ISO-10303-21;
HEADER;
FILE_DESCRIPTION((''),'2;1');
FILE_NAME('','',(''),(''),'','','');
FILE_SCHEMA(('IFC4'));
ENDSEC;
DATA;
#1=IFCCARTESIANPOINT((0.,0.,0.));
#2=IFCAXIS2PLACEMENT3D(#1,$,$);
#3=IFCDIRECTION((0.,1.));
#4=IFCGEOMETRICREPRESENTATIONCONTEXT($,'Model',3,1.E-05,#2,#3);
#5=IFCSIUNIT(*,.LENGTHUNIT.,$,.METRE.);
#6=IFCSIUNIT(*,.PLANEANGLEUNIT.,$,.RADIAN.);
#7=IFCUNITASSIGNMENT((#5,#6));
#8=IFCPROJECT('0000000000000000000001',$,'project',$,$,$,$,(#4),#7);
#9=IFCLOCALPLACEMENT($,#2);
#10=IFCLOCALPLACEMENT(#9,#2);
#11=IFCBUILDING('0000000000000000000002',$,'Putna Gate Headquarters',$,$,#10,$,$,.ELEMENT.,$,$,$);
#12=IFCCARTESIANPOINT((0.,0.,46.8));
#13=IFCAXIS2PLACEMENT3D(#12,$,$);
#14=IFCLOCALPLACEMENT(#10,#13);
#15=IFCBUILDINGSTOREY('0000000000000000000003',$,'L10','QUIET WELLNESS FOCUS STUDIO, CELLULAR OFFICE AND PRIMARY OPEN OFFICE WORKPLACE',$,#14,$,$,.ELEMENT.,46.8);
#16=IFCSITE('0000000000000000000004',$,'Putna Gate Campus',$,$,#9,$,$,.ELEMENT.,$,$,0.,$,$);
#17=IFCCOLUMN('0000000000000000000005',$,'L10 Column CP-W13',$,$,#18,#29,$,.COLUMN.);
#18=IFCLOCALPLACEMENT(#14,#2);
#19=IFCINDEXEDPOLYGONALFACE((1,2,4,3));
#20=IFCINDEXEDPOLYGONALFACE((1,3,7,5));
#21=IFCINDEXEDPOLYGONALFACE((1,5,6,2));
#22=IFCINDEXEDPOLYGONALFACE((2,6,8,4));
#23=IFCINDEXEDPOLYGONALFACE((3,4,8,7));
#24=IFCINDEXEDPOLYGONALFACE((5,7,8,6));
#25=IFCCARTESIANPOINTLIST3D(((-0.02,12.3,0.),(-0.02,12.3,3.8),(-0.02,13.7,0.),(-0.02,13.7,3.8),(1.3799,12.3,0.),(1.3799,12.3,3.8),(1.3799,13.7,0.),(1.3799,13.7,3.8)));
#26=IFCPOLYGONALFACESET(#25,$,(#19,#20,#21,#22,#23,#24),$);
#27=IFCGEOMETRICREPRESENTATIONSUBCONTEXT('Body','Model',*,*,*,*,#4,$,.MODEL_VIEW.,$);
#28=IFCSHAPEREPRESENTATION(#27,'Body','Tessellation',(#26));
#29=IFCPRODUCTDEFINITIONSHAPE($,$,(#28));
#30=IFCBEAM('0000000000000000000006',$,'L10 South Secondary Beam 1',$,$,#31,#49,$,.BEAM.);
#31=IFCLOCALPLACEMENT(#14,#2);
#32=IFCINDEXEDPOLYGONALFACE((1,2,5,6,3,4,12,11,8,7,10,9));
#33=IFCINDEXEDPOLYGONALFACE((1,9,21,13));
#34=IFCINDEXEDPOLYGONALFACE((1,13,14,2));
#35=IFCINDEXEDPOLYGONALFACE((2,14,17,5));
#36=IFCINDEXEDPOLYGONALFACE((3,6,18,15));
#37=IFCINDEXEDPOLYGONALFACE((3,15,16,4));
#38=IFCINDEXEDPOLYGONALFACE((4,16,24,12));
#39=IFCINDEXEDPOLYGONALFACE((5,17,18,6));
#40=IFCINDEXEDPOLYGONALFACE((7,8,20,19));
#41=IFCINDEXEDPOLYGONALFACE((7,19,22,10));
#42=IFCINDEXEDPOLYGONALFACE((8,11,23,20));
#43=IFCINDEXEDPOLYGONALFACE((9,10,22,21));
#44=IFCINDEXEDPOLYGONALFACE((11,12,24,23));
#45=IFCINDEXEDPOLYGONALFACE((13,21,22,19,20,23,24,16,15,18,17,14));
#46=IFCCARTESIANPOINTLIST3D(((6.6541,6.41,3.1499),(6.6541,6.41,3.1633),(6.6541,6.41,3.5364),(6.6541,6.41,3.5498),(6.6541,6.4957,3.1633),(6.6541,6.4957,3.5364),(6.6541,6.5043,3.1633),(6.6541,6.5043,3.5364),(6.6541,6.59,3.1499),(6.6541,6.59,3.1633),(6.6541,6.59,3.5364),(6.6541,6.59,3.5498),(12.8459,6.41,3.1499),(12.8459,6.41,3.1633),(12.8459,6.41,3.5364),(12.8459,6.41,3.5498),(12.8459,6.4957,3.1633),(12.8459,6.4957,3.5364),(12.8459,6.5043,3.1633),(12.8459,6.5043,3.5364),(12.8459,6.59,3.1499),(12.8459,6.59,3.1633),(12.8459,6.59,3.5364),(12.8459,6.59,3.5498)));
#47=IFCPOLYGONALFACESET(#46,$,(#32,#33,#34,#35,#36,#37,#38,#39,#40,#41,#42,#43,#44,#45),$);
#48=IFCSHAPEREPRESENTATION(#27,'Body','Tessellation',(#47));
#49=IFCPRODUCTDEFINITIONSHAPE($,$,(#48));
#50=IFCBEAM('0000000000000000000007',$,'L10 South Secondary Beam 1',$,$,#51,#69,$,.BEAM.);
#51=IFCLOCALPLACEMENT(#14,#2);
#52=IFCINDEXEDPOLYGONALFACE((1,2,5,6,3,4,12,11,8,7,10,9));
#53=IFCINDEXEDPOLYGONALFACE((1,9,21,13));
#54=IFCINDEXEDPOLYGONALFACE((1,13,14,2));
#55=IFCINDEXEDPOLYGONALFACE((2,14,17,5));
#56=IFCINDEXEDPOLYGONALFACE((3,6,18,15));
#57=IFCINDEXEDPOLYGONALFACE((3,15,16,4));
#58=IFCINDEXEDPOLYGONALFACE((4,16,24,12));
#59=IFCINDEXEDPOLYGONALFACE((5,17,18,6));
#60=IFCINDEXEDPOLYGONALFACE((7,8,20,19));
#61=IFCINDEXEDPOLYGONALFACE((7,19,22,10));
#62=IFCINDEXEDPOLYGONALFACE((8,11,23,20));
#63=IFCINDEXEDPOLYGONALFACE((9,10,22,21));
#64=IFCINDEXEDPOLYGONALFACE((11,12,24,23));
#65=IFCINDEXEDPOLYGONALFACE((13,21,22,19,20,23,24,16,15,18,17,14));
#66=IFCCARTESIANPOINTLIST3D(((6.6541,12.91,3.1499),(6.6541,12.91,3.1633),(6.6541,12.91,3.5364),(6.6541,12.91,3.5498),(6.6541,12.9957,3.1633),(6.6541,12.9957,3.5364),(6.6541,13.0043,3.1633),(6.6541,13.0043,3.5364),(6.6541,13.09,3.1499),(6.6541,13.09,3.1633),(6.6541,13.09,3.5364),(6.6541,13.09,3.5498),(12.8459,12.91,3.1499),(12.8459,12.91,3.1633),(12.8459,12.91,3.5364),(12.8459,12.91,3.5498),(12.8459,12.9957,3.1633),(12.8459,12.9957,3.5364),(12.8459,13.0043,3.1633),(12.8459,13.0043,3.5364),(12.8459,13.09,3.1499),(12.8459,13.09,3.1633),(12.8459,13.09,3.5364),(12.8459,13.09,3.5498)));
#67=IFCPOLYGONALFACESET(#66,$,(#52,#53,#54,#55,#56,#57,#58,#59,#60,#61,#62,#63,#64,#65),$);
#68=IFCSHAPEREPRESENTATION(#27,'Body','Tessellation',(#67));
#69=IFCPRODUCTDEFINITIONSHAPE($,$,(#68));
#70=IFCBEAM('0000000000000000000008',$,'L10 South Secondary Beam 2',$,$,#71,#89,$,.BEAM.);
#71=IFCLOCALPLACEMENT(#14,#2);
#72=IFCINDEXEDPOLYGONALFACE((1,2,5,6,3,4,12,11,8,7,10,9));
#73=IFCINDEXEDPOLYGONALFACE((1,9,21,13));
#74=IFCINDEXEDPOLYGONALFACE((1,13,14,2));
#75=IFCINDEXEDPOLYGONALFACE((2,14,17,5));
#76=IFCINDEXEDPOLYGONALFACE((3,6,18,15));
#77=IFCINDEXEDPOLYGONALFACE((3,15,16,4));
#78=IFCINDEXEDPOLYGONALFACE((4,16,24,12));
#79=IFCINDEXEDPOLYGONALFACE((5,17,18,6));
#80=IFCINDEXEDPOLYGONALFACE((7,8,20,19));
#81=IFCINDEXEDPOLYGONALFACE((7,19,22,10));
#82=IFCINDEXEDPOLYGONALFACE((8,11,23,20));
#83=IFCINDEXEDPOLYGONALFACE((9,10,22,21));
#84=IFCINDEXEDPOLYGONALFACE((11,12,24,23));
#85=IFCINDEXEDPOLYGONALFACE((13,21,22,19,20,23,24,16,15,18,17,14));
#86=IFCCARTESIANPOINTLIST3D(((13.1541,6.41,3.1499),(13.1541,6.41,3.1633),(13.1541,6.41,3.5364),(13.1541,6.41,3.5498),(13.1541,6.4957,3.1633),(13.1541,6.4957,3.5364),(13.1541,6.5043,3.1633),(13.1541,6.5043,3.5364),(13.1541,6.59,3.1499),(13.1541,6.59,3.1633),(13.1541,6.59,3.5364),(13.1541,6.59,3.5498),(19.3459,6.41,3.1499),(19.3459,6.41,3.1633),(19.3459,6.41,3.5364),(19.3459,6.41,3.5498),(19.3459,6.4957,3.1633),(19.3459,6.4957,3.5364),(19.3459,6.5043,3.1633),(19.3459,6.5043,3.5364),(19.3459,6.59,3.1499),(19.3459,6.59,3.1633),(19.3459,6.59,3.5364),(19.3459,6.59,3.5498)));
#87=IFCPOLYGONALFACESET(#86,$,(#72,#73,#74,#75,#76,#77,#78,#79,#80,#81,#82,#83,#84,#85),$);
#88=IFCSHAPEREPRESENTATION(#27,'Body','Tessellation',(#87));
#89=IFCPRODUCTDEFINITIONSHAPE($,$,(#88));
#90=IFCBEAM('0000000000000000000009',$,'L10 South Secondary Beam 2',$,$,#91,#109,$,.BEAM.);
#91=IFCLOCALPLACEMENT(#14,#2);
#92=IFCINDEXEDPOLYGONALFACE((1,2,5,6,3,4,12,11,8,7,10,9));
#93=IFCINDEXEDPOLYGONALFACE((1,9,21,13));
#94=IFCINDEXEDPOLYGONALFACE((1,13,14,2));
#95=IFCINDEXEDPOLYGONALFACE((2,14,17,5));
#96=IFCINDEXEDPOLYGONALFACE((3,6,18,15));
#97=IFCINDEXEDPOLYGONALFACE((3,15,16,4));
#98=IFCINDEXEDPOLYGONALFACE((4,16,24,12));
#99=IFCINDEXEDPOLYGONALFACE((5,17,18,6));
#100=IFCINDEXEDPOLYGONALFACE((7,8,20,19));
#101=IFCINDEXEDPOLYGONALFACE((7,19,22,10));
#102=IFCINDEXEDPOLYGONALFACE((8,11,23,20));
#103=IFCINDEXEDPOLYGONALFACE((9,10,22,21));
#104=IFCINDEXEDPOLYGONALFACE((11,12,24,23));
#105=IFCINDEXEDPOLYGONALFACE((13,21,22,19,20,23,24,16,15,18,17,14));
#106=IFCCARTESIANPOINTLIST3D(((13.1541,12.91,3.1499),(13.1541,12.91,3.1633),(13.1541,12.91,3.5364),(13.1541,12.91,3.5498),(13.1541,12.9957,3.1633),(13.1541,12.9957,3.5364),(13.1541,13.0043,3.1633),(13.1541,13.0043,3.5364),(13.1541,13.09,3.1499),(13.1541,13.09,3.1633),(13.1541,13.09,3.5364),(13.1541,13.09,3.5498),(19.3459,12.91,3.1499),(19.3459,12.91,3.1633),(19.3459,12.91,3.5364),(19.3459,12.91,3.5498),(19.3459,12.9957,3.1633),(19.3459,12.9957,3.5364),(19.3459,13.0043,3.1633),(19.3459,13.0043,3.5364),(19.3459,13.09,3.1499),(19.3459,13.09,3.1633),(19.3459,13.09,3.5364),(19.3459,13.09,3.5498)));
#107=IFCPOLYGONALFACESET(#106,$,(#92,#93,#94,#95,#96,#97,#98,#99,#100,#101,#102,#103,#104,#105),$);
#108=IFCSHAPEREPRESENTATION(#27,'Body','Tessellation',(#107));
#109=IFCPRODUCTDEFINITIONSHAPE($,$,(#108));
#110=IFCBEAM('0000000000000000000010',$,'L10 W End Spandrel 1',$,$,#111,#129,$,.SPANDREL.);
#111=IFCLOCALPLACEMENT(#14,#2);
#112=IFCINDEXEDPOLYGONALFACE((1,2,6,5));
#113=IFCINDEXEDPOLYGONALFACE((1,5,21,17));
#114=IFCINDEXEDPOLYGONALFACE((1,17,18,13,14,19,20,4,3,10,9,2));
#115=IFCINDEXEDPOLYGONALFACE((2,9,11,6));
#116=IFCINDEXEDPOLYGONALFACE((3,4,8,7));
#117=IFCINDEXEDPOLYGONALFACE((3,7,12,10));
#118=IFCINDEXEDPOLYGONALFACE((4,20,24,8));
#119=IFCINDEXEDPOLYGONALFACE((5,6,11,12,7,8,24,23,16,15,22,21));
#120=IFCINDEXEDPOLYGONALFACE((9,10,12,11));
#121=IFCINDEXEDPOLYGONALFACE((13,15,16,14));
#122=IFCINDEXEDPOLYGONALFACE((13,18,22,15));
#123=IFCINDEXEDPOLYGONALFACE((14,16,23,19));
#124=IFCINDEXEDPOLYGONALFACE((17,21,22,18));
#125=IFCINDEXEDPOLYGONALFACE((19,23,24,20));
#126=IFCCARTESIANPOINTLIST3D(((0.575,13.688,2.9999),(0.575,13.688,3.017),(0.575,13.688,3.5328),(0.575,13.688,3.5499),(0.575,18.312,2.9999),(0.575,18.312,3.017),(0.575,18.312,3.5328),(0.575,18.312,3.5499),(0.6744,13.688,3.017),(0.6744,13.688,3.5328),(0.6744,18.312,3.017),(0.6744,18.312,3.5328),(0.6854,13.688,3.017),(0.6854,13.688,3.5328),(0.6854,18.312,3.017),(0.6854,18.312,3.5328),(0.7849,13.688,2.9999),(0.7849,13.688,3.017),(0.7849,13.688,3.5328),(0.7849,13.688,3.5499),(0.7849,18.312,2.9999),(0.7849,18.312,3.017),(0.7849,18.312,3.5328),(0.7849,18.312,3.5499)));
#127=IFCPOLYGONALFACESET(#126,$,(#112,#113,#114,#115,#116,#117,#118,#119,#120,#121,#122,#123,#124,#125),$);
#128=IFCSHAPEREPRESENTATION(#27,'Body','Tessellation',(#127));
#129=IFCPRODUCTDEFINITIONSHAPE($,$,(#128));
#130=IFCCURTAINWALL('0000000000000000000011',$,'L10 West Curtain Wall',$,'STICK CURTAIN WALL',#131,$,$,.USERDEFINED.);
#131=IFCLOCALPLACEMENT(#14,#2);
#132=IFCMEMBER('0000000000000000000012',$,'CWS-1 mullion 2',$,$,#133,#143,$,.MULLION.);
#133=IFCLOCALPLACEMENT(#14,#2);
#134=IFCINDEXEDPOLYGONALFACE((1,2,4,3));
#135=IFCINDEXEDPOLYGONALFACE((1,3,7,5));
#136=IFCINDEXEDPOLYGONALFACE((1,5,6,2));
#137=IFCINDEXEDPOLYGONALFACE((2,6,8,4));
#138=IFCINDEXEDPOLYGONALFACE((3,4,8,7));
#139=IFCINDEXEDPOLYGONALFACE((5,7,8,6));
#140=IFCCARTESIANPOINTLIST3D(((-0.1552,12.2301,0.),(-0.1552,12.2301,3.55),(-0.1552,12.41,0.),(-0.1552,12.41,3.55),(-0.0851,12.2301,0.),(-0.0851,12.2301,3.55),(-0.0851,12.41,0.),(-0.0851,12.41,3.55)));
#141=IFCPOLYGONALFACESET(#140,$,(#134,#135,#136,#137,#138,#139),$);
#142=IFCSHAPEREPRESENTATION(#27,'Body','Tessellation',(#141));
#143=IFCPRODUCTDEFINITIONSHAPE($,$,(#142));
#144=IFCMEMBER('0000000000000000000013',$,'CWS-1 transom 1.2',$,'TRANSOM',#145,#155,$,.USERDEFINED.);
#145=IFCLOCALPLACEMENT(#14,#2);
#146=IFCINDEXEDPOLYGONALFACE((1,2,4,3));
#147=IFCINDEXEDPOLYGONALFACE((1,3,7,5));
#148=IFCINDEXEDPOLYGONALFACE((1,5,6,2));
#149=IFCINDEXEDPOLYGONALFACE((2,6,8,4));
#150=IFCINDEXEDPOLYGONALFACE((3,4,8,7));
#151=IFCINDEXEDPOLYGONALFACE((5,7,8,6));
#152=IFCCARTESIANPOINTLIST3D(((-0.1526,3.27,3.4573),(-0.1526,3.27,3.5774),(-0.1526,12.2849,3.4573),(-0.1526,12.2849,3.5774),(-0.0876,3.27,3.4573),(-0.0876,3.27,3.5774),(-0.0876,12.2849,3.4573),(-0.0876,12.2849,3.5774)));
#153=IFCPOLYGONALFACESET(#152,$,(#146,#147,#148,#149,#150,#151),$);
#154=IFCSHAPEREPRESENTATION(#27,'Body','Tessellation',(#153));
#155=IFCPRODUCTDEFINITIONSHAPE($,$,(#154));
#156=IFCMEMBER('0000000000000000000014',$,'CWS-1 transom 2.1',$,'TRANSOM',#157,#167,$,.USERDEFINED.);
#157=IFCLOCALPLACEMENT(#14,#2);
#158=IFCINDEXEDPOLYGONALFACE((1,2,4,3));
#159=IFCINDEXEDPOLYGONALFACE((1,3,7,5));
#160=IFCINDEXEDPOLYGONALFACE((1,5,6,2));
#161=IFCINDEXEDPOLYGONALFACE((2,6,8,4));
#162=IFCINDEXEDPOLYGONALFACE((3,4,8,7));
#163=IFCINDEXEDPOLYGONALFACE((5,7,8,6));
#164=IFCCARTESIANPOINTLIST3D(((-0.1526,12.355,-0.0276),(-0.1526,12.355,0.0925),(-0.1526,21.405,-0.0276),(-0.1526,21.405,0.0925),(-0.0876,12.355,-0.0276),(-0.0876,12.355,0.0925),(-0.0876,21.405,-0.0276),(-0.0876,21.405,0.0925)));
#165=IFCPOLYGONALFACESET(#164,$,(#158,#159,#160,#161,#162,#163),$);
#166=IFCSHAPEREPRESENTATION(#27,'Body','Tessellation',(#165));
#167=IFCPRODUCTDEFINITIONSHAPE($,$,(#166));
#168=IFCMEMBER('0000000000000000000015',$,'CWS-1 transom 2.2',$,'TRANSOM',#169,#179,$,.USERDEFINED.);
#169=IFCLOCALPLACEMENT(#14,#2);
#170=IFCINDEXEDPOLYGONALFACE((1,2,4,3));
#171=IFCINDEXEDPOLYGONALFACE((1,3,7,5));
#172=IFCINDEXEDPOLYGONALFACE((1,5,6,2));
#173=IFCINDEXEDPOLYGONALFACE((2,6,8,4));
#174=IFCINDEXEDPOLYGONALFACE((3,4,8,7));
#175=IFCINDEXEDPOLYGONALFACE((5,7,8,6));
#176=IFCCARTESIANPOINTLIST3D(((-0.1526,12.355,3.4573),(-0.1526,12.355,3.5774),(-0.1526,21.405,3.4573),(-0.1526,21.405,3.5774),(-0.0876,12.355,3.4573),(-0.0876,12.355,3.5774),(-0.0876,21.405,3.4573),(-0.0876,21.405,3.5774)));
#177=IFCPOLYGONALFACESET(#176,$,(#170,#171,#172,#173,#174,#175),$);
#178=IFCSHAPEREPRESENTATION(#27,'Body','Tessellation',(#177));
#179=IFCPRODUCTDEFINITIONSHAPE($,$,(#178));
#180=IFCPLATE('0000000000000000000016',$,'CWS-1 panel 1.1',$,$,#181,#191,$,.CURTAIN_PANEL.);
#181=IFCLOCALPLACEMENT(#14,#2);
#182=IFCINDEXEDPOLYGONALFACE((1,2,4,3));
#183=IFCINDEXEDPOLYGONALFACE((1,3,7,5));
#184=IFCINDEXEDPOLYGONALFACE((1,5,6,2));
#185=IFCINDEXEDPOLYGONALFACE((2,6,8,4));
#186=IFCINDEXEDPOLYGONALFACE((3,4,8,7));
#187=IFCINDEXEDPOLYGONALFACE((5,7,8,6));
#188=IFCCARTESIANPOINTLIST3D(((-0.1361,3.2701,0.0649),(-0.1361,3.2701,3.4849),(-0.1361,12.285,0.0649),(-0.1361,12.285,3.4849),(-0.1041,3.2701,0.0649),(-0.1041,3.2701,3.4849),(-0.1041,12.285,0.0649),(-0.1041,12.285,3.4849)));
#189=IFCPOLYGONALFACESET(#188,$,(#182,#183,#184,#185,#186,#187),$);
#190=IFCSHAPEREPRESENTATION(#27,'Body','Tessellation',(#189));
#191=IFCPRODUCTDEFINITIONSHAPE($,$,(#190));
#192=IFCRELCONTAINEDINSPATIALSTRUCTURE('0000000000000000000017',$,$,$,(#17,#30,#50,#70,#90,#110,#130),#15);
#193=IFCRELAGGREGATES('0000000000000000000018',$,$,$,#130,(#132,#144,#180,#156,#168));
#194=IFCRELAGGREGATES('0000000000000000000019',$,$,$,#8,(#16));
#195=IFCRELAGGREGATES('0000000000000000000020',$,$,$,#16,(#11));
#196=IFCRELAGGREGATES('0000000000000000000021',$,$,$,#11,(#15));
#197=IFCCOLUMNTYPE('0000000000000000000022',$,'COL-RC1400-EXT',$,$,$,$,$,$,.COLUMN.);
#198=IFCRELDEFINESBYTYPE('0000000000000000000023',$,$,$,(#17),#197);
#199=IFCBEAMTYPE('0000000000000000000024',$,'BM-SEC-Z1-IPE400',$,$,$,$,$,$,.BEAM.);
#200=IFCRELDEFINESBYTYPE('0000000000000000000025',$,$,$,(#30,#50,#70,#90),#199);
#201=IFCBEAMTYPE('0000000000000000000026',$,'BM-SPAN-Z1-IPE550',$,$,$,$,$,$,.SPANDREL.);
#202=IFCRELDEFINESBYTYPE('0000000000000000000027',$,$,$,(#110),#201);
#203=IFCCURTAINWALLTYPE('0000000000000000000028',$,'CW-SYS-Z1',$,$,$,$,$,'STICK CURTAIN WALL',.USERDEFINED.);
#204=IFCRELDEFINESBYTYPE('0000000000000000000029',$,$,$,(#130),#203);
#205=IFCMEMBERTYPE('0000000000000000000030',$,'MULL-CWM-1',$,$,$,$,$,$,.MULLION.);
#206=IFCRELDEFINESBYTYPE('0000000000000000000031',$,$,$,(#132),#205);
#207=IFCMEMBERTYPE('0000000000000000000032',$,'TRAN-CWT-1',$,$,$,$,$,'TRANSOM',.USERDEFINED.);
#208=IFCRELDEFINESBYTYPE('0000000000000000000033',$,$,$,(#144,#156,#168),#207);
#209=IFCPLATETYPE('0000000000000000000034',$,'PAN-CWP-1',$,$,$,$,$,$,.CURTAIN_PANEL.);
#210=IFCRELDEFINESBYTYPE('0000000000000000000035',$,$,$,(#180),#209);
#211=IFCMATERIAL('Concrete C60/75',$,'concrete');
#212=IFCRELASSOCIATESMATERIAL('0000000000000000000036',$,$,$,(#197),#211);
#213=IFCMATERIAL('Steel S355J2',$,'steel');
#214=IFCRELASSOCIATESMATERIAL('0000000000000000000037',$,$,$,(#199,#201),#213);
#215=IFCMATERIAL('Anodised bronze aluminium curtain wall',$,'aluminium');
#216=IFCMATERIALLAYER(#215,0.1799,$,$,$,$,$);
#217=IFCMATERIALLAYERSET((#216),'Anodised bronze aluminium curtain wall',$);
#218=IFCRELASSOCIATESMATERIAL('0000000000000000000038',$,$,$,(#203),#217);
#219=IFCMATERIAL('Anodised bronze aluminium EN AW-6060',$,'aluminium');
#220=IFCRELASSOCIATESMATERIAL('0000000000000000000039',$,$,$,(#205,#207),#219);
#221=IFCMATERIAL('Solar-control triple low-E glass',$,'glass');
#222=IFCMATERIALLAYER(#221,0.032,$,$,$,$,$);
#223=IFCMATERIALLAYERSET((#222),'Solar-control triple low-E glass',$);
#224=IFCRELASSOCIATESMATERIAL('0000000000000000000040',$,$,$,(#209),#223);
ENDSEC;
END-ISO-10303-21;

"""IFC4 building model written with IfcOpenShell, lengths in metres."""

from ifc_helpers import new_model, si_unit, direction, frame, origin, origin_2d, place, context, subcontext, project, spatial, rectangle, i_section, extrude, material, layer, layer_set, material_profile, profile_set, type_object, element, aggregate, save


model = new_model("IFC4")

# Units and contexts
model_context = context("Model", 3, precision=1e-05, world=origin(), true_north=direction((0.0, 1.0)))
body_context = subcontext(model_context, "Body", "Model", "MODEL_VIEW")
ifc_project = project(units=[si_unit("LENGTHUNIT", "METRE"), si_unit("PLANEANGLEUNIT", "RADIAN")], contexts=[model_context])

# Site, building, storey
site_placement = place(None, origin())
site = spatial("IfcSite", under=ifc_project, at=site_placement, Name="Putna Gate Campus", CompositionType="ELEMENT", RefElevation=0.0)
building_placement = place(site_placement, origin())
building = spatial("IfcBuilding", under=site, at=building_placement, Name="Putna Gate Headquarters", CompositionType="ELEMENT")
storey_placement = place(building_placement, frame((0.0, 0.0, 46.8)))
storey = spatial("IfcBuildingStorey", under=building, at=storey_placement, Name="L10", Description="QUIET WELLNESS FOCUS STUDIO, CELLULAR OFFICE AND PRIMARY OPEN OFFICE WORKPLACE", CompositionType="ELEMENT", Elevation=46.8)

# Column
ifc_material_1 = material(Name="Concrete C60/75", Category="concrete")
ifc_material_profile_1 = material_profile(ifc_material_1, rectangle(XDim=1.3999, YDim=1.3999, at=origin_2d()), Name="Concrete C60/75")
ifc_profile_set_1 = profile_set([ifc_material_profile_1], Name="Concrete C60/75")
column_type = type_object("IfcColumnType", Name="COL-RC1400-EXT", PredefinedType="COLUMN", material=ifc_profile_set_1)
column_placement = place(storey_placement, frame((0.6799, 13.0, 0.0), z_axis=(0.0, 0.0, 1.0), x_axis=(1.0, 0.0, 0.0)))
element("IfcColumn", 1, at=column_placement, inside=storey, type_object=column_type, Name="L10 Column CP-W13", PredefinedType="COLUMN", context=body_context, shape_type="SweptSolid", body=[
    extrude(rectangle(XDim=1.3999, YDim=1.3999, at=origin_2d()), origin(), (0.0, 0.0, 1.0), 3.8),
])

# Beams
ifc_material_2 = material(Name="Steel S355J2", Category="steel")
ifc_material_profile_2 = material_profile(ifc_material_2, i_section(OverallWidth=0.1799, OverallDepth=0.3999, WebThickness=0.0085, FlangeThickness=0.0134, at=origin_2d()), Name="Steel S355J2")
ifc_profile_set_2 = profile_set([ifc_material_profile_2], Name="Steel S355J2")
beam_type_1 = type_object("IfcBeamType", Name="BM-SEC-Z1-IPE400", PredefinedType="BEAM", material=ifc_profile_set_2)
for number, where, z_axis, x_axis, name in (
    (2, (6.6541, 6.5, 3.3499), (1.0, 0.0, 0.0), (0.0, 1.0, 0.0), "L10 South Secondary Beam 1"),
    (3, (6.6541, 13.0, 3.3499), (1.0, 0.0, 0.0), (0.0, 1.0, 0.0), "L10 South Secondary Beam 1"),
    (4, (13.1541, 6.5, 3.3499), (1.0, 0.0, 0.0), (0.0, 1.0, 0.0), "L10 South Secondary Beam 2"),
    (5, (13.1541, 13.0, 3.3499), (1.0, 0.0, 0.0), (0.0, 1.0, 0.0), "L10 South Secondary Beam 2"),
):
    element("IfcBeam", number, at=place(storey_placement, frame(where, z_axis=z_axis, x_axis=x_axis)), inside=storey, type_object=beam_type_1, Name=name, PredefinedType="BEAM", context=body_context, shape_type="SweptSolid", body=[
        extrude(i_section(OverallWidth=0.1799, OverallDepth=0.3999, WebThickness=0.0085, FlangeThickness=0.0134, at=origin_2d()), origin(), (0.0, 0.0, 1.0), 6.1919),
    ])
ifc_material_profile_3 = material_profile(ifc_material_2, i_section(OverallWidth=0.21, OverallDepth=0.55, WebThickness=0.011, FlangeThickness=0.0171, at=origin_2d()), Name="Steel S355J2")
ifc_profile_set_3 = profile_set([ifc_material_profile_3], Name="Steel S355J2")
beam_type_2 = type_object("IfcBeamType", Name="BM-SPAN-Z1-IPE550", PredefinedType="SPANDREL", material=ifc_profile_set_3)
beam_placement = place(storey_placement, frame((0.6799, 13.688, 3.2749), z_axis=(0.0, 1.0, 0.0), x_axis=(-1.0, 0.0, 0.0)))
element("IfcBeam", 6, at=beam_placement, inside=storey, type_object=beam_type_2, Name="L10 W End Spandrel 1", PredefinedType="SPANDREL", context=body_context, shape_type="SweptSolid", body=[
    extrude(i_section(OverallWidth=0.21, OverallDepth=0.55, WebThickness=0.011, FlangeThickness=0.0171, at=origin_2d()), origin(), (0.0, 0.0, 1.0), 4.624),
])

# Curtain wall, members, plate
ifc_material_3 = material(Name="Anodised bronze aluminium curtain wall", Category="aluminium")
ifc_layer_1 = layer(ifc_material_3, 0.1799)
ifc_layer_set_1 = layer_set([ifc_layer_1], Name="Anodised bronze aluminium curtain wall")
curtain_wall_type = type_object("IfcCurtainWallType", Name="CW-SYS-Z1", ElementType="STICK CURTAIN WALL", PredefinedType="USERDEFINED", material=ifc_layer_set_1)
curtain_wall_placement = place(storey_placement, origin())
curtain_wall = element("IfcCurtainWall", 7, at=curtain_wall_placement, inside=storey, type_object=curtain_wall_type, Name="L10 West Curtain Wall", ObjectType="STICK CURTAIN WALL", PredefinedType="USERDEFINED")
ifc_material_4 = material(Name="Anodised bronze aluminium EN AW-6060", Category="aluminium")
ifc_material_profile_4 = material_profile(ifc_material_4, rectangle(XDim=0.0701, YDim=0.1799, at=origin_2d()), Name="Anodised bronze aluminium EN AW-6060")
ifc_profile_set_4 = profile_set([ifc_material_profile_4], Name="Anodised bronze aluminium EN AW-6060")
member_type_1 = type_object("IfcMemberType", Name="MULL-CWM-1", PredefinedType="MULLION", material=ifc_profile_set_4)
member_1_placement = place(storey_placement, frame((-0.1201, 12.3201, 0.0), z_axis=(0.0, 0.0, 1.0), x_axis=(-1.0, 0.0, 0.0)))
member_1 = element("IfcMember", 8, at=member_1_placement, type_object=member_type_1, Name="CWS-1 mullion 2", PredefinedType="MULLION", context=body_context, shape_type="SweptSolid", body=[
    extrude(rectangle(XDim=0.0701, YDim=0.1799, at=origin_2d()), origin(), (0.0, 0.0, 1.0), 3.55),
])
ifc_material_profile_5 = material_profile(ifc_material_4, rectangle(XDim=0.0649, YDim=0.1201, at=origin_2d()), Name="Anodised bronze aluminium EN AW-6060")
ifc_profile_set_5 = profile_set([ifc_material_profile_5], Name="Anodised bronze aluminium EN AW-6060")
member_type_2 = type_object("IfcMemberType", Name="TRAN-CWT-1", ElementType="TRANSOM", PredefinedType="USERDEFINED", material=ifc_profile_set_5)
member_2_placement = place(storey_placement, frame((-0.1201, 3.27, 3.5173), z_axis=(0.0, 1.0, 0.0), x_axis=(-1.0, 0.0, 0.0)))
member_2 = element("IfcMember", 9, at=member_2_placement, type_object=member_type_2, Name="CWS-1 transom 1.2", ObjectType="TRANSOM", PredefinedType="USERDEFINED", context=body_context, shape_type="SweptSolid", body=[
    extrude(rectangle(XDim=0.0649, YDim=0.1201, at=origin_2d()), origin(), (0.0, 0.0, 1.0), 9.0149),
])
member_3_placement = place(storey_placement, frame((-0.1201, 12.355, 0.0325), z_axis=(0.0, 1.0, 0.0), x_axis=(-1.0, 0.0, 0.0)))
member_3 = element("IfcMember", 10, at=member_3_placement, type_object=member_type_2, Name="CWS-1 transom 2.1", ObjectType="TRANSOM", PredefinedType="USERDEFINED", context=body_context, shape_type="SweptSolid", body=[
    extrude(rectangle(XDim=0.0649, YDim=0.1201, at=origin_2d()), origin(), (0.0, 0.0, 1.0), 9.05),
])
member_4_placement = place(storey_placement, frame((-0.1201, 12.355, 3.5173), z_axis=(0.0, 1.0, 0.0), x_axis=(-1.0, 0.0, 0.0)))
member_4 = element("IfcMember", 11, at=member_4_placement, type_object=member_type_2, Name="CWS-1 transom 2.2", ObjectType="TRANSOM", PredefinedType="USERDEFINED", context=body_context, shape_type="SweptSolid", body=[
    extrude(rectangle(XDim=0.0649, YDim=0.1201, at=origin_2d()), origin(), (0.0, 0.0, 1.0), 9.05),
])
ifc_material_5 = material(Name="Solar-control triple low-E glass", Category="glass")
ifc_layer_2 = layer(ifc_material_5, 0.032)
ifc_layer_set_2 = layer_set([ifc_layer_2], Name="Solar-control triple low-E glass")
plate_type = type_object("IfcPlateType", Name="PAN-CWP-1", PredefinedType="CURTAIN_PANEL", material=ifc_layer_set_2)
plate_placement = place(storey_placement, frame((-0.1201, 7.7776, 0.0649), z_axis=(0.0, 0.0, 1.0), x_axis=(0.0, 1.0, 0.0)))
plate = element("IfcPlate", 12, at=plate_placement, type_object=plate_type, Name="CWS-1 panel 1.1", PredefinedType="CURTAIN_PANEL", context=body_context, shape_type="SweptSolid", body=[
    extrude(rectangle(XDim=9.0149, YDim=0.032, at=origin_2d()), origin(), (0.0, 0.0, 1.0), 3.4199),
])
aggregate(curtain_wall, [member_1, member_2, plate, member_3, member_4])

save(model, "model.ifc")
